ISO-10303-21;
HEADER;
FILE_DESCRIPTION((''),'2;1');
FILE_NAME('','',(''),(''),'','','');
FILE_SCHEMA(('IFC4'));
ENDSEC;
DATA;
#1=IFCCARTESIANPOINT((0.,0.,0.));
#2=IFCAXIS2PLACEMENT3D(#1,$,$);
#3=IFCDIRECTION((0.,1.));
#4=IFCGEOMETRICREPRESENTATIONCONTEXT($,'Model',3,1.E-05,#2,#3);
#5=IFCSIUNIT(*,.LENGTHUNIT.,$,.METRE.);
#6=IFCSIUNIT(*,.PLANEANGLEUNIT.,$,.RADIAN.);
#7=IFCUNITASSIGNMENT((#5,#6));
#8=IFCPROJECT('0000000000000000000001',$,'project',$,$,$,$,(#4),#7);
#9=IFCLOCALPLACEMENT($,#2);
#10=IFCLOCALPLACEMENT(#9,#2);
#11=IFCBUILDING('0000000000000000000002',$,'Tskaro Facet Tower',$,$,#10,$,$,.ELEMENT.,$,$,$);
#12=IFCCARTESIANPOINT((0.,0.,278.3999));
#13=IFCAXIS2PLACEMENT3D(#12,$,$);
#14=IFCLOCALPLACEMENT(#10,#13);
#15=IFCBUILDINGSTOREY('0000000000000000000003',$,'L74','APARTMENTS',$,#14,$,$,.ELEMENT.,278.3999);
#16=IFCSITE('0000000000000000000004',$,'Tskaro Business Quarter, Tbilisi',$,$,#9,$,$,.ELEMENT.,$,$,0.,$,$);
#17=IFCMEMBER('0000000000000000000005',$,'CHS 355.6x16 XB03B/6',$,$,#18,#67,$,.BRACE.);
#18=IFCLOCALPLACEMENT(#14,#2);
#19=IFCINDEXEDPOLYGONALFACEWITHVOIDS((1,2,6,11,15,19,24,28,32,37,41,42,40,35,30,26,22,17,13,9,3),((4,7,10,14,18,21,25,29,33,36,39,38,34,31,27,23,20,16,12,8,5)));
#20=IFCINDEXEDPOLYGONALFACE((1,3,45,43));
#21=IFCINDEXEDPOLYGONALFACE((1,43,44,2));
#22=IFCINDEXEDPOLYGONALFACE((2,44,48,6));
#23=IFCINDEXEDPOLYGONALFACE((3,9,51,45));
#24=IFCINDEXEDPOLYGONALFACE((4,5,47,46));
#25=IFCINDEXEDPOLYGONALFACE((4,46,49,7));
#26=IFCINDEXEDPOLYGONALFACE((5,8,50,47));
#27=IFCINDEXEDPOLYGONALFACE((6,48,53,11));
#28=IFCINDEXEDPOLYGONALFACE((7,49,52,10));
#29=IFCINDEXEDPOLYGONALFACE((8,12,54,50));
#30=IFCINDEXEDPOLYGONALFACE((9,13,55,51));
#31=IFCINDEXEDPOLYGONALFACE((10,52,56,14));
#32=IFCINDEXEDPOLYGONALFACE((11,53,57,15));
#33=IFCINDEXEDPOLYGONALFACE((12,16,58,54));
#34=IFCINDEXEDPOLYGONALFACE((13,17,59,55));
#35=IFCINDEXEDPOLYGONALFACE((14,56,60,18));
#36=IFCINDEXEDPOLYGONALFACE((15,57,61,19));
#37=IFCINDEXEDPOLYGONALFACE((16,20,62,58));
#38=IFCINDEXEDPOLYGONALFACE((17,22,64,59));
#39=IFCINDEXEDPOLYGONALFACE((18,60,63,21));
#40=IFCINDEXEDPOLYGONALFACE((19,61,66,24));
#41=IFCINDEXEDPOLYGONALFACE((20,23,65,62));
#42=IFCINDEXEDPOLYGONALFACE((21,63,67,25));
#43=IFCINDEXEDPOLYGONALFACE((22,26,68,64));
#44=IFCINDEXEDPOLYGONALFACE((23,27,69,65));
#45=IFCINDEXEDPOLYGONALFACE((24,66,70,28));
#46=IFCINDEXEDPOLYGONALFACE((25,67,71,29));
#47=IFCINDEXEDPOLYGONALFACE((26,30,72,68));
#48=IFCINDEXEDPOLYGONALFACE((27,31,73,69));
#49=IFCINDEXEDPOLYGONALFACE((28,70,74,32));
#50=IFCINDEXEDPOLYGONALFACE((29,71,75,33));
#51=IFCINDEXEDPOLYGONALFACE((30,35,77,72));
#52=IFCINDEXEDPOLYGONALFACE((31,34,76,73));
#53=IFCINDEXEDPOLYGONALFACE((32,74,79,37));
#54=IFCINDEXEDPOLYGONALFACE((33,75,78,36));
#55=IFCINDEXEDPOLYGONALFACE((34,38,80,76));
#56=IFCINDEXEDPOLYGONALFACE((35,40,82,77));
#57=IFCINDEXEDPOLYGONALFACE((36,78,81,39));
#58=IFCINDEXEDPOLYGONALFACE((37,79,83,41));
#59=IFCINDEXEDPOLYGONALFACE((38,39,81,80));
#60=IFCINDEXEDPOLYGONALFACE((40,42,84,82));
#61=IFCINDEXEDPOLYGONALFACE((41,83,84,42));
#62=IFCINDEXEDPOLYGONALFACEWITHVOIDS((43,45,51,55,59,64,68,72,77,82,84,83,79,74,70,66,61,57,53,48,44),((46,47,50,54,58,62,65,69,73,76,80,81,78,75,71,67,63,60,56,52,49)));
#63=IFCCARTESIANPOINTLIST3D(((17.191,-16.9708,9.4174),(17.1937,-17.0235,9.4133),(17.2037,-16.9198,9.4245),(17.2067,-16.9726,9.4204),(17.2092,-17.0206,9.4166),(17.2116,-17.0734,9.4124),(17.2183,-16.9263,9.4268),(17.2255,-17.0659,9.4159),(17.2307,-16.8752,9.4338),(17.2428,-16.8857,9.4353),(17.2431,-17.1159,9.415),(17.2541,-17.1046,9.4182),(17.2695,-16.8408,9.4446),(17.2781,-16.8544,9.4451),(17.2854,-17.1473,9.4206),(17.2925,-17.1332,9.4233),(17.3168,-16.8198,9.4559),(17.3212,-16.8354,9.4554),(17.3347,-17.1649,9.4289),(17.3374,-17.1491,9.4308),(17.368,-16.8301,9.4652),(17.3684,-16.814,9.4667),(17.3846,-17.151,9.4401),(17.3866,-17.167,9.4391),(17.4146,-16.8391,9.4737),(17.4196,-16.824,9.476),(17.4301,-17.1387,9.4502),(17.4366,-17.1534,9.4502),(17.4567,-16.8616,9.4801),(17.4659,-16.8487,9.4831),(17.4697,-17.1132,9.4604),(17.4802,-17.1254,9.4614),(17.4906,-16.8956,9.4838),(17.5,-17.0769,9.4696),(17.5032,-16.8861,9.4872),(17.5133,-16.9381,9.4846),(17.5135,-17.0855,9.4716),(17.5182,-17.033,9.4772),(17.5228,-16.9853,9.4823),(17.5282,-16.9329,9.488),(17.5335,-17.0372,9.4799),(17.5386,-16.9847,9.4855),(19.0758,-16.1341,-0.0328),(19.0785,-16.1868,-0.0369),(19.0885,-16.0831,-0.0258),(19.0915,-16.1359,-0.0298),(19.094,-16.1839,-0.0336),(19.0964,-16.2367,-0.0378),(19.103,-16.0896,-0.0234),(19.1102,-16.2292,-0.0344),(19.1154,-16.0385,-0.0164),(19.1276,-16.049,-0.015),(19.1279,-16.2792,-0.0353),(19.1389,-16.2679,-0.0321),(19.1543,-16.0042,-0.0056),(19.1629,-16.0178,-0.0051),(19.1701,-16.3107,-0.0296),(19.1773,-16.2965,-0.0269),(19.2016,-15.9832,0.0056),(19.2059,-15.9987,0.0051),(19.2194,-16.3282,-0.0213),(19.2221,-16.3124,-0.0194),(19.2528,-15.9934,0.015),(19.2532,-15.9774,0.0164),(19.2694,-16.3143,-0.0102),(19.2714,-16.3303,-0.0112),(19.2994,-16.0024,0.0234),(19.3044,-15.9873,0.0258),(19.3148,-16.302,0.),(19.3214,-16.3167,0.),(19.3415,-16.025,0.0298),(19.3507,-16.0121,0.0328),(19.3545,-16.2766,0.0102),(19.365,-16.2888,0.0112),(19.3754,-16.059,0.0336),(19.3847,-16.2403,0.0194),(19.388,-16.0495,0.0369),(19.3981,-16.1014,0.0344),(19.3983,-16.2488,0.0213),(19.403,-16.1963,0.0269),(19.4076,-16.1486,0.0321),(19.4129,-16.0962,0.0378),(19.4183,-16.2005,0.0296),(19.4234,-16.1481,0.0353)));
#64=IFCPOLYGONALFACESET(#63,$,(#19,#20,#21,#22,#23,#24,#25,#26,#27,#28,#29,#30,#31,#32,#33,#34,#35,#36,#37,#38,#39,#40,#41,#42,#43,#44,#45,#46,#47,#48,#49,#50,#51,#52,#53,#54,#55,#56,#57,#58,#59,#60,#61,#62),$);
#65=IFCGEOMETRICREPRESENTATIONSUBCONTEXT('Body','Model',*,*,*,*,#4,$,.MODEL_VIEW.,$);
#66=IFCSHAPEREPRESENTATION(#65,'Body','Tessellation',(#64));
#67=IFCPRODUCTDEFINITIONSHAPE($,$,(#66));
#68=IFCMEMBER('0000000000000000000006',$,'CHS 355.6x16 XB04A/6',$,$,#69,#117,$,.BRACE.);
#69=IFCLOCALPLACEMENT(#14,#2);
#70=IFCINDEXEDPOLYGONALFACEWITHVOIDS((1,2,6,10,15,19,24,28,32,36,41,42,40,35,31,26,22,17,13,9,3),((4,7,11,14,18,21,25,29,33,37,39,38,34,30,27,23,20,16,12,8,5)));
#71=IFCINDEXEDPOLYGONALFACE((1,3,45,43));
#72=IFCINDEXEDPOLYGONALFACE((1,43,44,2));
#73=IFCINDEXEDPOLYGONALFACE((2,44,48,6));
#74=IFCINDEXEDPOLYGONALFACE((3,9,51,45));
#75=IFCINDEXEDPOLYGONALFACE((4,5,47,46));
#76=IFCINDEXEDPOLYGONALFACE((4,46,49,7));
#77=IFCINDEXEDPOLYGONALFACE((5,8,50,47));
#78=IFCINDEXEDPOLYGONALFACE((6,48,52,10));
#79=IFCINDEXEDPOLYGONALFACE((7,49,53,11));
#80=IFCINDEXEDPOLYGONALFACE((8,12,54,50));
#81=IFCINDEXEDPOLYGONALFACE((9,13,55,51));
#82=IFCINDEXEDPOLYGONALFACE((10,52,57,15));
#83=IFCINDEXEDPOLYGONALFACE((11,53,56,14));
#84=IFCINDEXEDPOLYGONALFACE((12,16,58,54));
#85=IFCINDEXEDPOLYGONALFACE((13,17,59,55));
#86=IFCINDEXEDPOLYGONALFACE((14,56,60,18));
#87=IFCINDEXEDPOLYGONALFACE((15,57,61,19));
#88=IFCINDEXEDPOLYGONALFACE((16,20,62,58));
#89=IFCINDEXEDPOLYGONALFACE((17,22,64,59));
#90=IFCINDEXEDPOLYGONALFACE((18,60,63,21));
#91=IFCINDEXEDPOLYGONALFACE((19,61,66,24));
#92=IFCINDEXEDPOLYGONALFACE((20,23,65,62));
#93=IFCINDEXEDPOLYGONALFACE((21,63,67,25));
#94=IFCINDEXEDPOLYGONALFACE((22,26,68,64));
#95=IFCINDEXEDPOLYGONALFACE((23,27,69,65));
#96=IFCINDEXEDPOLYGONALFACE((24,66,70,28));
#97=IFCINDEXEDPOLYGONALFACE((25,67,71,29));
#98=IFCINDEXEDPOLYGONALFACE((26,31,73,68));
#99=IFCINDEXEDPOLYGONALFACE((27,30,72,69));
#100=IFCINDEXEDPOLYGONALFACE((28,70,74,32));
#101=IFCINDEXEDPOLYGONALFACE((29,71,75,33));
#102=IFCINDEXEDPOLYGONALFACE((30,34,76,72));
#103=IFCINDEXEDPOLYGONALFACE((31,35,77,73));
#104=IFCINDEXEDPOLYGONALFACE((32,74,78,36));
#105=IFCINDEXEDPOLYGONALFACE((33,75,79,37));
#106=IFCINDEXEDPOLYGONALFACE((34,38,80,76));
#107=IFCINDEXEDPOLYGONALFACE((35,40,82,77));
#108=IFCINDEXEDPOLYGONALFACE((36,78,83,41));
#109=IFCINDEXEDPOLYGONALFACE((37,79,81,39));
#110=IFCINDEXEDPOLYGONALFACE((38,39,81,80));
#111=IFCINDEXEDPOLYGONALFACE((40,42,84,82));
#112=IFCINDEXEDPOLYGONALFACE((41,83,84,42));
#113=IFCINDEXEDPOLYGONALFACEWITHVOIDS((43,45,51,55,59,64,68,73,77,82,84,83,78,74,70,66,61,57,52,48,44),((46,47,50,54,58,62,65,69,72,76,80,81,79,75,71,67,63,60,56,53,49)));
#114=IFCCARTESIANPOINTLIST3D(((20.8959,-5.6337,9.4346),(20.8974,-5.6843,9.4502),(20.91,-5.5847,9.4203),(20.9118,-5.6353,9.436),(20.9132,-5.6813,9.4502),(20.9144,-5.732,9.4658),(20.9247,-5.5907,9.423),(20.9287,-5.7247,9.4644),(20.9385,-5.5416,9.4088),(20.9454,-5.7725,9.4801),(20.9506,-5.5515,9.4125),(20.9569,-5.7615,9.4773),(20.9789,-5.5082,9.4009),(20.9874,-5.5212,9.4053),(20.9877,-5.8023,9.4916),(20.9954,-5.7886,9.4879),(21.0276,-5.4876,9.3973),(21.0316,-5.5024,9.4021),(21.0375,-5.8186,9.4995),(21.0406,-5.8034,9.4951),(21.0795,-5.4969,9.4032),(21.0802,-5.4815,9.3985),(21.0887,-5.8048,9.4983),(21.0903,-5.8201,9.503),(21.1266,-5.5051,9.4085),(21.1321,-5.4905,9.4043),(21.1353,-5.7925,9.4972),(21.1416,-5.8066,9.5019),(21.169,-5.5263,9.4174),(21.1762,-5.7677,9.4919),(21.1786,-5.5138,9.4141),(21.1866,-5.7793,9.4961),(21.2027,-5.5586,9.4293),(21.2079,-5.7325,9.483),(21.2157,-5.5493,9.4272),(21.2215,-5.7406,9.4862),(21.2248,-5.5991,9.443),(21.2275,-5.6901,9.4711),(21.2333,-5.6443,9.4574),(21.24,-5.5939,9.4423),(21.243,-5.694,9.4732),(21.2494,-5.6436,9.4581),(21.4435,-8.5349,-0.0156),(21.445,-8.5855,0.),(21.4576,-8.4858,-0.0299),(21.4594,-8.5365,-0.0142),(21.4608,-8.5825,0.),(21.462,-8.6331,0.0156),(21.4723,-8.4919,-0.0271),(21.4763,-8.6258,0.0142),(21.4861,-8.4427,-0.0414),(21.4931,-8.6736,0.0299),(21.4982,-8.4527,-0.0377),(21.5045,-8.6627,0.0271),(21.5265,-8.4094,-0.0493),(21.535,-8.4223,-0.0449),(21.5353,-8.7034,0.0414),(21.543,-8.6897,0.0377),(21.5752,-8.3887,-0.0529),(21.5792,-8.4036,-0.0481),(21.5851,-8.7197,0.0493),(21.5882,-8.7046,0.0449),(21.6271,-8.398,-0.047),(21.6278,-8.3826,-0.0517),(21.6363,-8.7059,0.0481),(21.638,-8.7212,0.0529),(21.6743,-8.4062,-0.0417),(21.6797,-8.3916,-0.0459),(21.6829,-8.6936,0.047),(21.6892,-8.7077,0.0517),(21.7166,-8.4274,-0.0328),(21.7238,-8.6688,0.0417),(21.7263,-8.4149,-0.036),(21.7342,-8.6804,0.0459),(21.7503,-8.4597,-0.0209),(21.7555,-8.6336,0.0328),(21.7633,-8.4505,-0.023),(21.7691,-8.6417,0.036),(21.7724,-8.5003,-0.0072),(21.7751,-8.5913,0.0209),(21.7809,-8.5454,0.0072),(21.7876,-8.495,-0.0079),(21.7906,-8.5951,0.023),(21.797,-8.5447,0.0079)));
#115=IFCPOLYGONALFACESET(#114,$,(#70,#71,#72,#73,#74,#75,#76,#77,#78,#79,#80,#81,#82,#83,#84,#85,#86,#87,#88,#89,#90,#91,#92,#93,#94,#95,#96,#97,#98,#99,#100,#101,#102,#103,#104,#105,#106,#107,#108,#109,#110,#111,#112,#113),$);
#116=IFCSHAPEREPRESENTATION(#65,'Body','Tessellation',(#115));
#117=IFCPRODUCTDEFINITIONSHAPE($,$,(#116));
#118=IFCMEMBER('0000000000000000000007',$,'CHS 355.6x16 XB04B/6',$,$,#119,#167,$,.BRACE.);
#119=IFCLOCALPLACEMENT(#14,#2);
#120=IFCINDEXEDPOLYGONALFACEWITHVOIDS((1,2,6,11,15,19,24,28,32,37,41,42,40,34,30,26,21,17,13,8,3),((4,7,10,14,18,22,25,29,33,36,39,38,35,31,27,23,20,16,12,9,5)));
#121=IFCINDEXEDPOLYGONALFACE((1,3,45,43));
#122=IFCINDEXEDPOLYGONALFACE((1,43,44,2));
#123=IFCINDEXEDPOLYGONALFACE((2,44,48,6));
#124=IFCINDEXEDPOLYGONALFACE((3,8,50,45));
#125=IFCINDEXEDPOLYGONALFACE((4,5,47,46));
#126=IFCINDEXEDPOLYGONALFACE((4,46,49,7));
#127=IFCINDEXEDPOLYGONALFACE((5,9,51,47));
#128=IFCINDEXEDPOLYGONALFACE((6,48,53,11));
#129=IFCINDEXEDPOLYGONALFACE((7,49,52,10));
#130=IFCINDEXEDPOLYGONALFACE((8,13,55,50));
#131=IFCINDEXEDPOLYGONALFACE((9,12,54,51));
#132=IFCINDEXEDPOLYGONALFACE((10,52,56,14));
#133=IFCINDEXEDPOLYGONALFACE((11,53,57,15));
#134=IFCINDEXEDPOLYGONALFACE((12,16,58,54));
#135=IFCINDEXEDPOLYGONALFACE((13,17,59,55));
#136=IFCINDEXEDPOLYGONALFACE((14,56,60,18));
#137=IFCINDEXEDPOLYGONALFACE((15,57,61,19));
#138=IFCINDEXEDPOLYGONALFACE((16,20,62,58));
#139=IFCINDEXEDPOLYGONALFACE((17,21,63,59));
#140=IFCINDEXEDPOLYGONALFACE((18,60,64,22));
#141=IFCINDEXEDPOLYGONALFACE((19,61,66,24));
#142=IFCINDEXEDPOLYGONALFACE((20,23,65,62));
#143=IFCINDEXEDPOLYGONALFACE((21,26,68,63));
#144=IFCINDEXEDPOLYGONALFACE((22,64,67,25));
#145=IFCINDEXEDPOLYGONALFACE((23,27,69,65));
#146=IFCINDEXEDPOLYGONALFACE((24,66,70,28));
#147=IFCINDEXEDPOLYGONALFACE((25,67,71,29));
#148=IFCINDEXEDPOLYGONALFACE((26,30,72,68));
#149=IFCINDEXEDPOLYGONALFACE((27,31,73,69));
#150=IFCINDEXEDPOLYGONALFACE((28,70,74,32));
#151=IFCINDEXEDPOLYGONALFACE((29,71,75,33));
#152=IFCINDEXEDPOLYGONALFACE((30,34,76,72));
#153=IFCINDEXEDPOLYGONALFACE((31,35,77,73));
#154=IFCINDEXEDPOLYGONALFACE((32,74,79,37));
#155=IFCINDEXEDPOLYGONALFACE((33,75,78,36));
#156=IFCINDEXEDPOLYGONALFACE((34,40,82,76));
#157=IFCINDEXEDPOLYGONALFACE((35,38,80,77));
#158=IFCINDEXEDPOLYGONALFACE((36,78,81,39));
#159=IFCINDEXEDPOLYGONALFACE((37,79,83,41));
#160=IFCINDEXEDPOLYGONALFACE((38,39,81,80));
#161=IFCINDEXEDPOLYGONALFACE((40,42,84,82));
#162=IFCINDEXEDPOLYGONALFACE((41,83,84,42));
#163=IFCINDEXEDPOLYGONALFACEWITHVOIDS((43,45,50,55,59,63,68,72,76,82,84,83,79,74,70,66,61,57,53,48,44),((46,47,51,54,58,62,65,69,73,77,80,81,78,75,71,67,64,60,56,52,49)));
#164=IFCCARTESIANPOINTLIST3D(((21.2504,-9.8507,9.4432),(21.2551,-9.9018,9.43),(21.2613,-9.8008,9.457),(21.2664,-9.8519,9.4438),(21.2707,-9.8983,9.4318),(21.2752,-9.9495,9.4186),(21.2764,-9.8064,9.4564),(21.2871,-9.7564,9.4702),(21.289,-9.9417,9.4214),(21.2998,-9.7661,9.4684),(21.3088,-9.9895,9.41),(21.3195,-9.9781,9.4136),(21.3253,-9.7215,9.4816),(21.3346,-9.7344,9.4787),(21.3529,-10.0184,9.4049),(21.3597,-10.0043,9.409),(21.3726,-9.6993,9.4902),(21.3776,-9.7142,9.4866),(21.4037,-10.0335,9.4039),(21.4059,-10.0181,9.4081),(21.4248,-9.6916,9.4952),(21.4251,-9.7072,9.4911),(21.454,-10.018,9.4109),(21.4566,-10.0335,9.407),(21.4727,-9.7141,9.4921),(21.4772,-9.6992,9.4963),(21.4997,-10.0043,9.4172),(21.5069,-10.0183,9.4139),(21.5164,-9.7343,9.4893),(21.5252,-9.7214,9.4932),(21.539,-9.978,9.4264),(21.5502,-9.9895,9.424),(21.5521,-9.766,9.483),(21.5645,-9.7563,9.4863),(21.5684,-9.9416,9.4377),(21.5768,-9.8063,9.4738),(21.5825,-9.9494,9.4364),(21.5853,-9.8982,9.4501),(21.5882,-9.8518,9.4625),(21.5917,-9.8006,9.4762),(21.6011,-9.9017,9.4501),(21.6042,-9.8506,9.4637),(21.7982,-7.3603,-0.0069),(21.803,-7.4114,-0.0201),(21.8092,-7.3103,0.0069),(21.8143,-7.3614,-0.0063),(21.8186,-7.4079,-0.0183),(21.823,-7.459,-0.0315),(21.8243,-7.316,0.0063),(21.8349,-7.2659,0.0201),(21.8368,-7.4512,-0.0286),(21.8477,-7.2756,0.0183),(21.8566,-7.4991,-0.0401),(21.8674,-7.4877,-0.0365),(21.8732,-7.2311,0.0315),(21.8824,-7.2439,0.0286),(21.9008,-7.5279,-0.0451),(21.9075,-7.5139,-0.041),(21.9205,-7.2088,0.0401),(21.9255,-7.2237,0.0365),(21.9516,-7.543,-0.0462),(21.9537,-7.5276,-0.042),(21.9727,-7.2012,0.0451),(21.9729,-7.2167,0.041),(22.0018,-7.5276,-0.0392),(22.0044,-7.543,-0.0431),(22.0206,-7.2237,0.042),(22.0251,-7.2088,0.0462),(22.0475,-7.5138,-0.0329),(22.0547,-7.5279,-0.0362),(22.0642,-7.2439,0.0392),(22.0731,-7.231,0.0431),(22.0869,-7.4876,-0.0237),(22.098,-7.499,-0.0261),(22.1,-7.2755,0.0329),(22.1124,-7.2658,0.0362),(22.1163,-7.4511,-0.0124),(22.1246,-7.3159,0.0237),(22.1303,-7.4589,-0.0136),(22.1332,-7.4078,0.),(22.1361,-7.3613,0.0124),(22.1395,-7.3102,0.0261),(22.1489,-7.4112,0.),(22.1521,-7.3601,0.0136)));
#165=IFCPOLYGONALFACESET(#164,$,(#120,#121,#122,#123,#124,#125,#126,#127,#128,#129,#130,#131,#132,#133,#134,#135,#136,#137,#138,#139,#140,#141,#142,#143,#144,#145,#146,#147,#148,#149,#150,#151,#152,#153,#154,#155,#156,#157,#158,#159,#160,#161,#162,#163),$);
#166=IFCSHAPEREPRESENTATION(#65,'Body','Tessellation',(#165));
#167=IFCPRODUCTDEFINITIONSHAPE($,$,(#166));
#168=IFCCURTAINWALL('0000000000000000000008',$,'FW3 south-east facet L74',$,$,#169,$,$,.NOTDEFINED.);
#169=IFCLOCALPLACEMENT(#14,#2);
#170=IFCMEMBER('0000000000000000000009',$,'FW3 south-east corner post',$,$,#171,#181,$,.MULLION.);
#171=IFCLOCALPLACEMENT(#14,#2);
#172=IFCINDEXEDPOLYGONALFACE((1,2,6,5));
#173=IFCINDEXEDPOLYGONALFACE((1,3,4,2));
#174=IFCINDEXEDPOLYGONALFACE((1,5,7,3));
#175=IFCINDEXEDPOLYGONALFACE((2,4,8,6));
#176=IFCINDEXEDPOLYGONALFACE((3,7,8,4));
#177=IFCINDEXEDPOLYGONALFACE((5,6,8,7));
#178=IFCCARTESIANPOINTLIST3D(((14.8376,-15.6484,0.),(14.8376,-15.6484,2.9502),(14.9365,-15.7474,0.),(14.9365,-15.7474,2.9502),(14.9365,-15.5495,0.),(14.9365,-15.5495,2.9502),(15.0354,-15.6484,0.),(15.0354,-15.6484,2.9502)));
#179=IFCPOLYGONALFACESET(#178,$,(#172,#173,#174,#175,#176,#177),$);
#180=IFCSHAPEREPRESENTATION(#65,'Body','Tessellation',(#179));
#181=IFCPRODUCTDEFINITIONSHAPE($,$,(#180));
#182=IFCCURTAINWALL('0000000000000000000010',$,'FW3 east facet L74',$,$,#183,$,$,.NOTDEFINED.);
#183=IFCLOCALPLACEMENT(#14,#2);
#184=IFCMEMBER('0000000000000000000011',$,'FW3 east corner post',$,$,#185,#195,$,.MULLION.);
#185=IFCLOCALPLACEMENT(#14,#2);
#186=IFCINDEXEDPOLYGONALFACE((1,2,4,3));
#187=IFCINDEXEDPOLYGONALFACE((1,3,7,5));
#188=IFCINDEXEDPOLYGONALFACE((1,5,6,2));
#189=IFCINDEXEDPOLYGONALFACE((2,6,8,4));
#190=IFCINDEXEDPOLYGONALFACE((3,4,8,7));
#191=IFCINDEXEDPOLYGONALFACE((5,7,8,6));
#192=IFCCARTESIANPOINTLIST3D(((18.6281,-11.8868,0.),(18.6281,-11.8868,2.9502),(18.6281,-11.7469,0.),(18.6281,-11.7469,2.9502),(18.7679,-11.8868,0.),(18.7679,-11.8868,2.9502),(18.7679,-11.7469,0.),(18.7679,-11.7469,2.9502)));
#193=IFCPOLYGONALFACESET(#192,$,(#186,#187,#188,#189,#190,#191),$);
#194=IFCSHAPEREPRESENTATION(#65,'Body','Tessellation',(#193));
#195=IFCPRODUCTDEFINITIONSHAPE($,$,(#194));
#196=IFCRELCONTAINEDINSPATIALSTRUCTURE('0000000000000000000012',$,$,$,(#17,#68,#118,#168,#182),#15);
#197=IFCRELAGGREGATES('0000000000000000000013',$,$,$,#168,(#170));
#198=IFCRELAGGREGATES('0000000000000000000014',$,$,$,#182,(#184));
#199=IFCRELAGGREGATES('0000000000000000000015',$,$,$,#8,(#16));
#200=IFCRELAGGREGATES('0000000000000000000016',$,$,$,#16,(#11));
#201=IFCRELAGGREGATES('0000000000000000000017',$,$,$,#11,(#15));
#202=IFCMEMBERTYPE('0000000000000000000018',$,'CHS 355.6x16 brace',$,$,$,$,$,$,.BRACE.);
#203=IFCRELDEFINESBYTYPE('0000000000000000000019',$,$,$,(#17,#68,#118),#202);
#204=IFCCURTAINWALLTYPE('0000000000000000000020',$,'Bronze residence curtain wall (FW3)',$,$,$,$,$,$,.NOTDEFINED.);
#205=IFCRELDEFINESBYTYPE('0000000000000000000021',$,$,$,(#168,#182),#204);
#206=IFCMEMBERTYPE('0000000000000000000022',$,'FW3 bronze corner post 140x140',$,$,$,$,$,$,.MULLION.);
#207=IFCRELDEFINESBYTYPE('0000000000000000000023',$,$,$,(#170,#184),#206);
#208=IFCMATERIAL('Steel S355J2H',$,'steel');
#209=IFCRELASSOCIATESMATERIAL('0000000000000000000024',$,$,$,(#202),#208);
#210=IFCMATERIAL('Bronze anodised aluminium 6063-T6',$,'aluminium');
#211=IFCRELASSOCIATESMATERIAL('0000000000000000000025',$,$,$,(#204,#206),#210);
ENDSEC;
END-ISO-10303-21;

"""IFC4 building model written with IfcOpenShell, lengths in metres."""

from ifc_helpers import new_model, si_unit, direction, frame, origin, origin_2d, place, context, subcontext, project, spatial, rectangle, hollow_circle, extrude, material, material_profile, profile_set, type_object, element, aggregate, save


model = new_model("IFC4")

# Units and contexts
model_context = context("Model", 3, precision=1e-05, world=origin(), true_north=direction((0.0, 1.0)))
body_context = subcontext(model_context, "Body", "Model", "MODEL_VIEW")
ifc_project = project(units=[si_unit("LENGTHUNIT", "METRE"), si_unit("PLANEANGLEUNIT", "RADIAN")], contexts=[model_context])

# Site, building, storey
site_placement = place(None, origin())
site = spatial("IfcSite", under=ifc_project, at=site_placement, Name="Tskaro Business Quarter, Tbilisi", CompositionType="ELEMENT", RefElevation=0.0)
building_placement = place(site_placement, origin())
building = spatial("IfcBuilding", under=site, at=building_placement, Name="Tskaro Facet Tower", CompositionType="ELEMENT")
storey_placement = place(building_placement, frame((0.0, 0.0, 278.3999)))
storey = spatial("IfcBuildingStorey", under=building, at=storey_placement, Name="L74", Description="APARTMENTS", CompositionType="ELEMENT", Elevation=278.3999)

# Shared definitions
ifc_material_1 = material(Name="Steel S355J2H", Category="steel")

# Members
ifc_material_profile_1 = material_profile(ifc_material_1, hollow_circle(Radius=0.1777, WallThickness=0.0161, at=origin_2d()), Name="CHS 355.6x16")
ifc_profile_set_1 = profile_set([ifc_material_profile_1], Name="Steel S355J2H")
member_type_1 = type_object("IfcMemberType", Name="CHS 355.6x16 brace", PredefinedType="BRACE", material=ifc_profile_set_1)
for number, where, z_axis, x_axis, name in (
    (1, (19.2493, -16.1543, 0.0), (-0.194857, -0.086499, 0.97701), (0.405732, -0.913992, 0.0), "CHS 355.6x16 XB03B/6"),
):
    element("IfcMember", number, at=place(storey_placement, frame(where, z_axis=z_axis, x_axis=x_axis)), inside=storey, type_object=member_type_1, Name=name, PredefinedType="BRACE", context=body_context, shape_type="SweptSolid", body=[
        extrude(hollow_circle(Radius=0.1777, WallThickness=0.0161, at=origin_2d()), origin(), (0.0, 0.0, 1.0), 9.6726),
    ])
member_1_placement = place(storey_placement, frame((21.6196, -8.5525, 0.0), z_axis=(-0.05531, 0.293024, 0.954504), x_axis=(-0.982648, -0.185482, 0.0)))
element("IfcMember", 2, at=member_1_placement, inside=storey, type_object=member_type_1, Name="CHS 355.6x16 XB04A/6", PredefinedType="BRACE", context=body_context, shape_type="SweptSolid", body=[
    extrude(hollow_circle(Radius=0.1777, WallThickness=0.0161, at=origin_2d()), origin(), (0.0, 0.0, 1.0), 9.9006),
])
member_2_placement = place(storey_placement, frame((21.9753, -7.373, 0.0), z_axis=(-0.055971, -0.254437, 0.965468), x_axis=(0.976649, -0.214842, 0.0)))
element("IfcMember", 3, at=member_2_placement, inside=storey, type_object=member_type_1, Name="CHS 355.6x16 XB04B/6", PredefinedType="BRACE", context=body_context, shape_type="SweptSolid", body=[
    extrude(hollow_circle(Radius=0.1777, WallThickness=0.0161, at=origin_2d()), origin(), (0.0, 0.0, 1.0), 9.7881),
])

# Curtain wall, member
ifc_material_2 = material(Name="Bronze anodised aluminium 6063-T6", Category="aluminium")
curtain_wall_type = type_object("IfcCurtainWallType", Name="Bronze residence curtain wall (FW3)", PredefinedType="NOTDEFINED", material=ifc_material_2)
curtain_wall_1_placement = place(storey_placement, origin())
curtain_wall_1 = element("IfcCurtainWall", 4, at=curtain_wall_1_placement, inside=storey, type_object=curtain_wall_type, Name="FW3 south-east facet L74", PredefinedType="NOTDEFINED")
ifc_material_profile_2 = material_profile(ifc_material_2, rectangle(XDim=0.1399, YDim=0.1399, at=origin_2d()), Name="Corner post 140x140")
ifc_profile_set_2 = profile_set([ifc_material_profile_2], Name="Bronze anodised aluminium 6063-T6")
member_type_2 = type_object("IfcMemberType", Name="FW3 bronze corner post 140x140", PredefinedType="MULLION", material=ifc_profile_set_2)
member_3_placement = place(storey_placement, frame((14.9365, -15.6484, 0.0), z_axis=(0.0, 0.0, 1.0), x_axis=(0.707107, 0.707107, 0.0)))
member_3 = element("IfcMember", 5, at=member_3_placement, type_object=member_type_2, Name="FW3 south-east corner post", PredefinedType="MULLION", context=body_context, shape_type="SweptSolid", body=[
    extrude(rectangle(XDim=0.1399, YDim=0.1399, at=origin_2d()), origin(), (0.0, 0.0, 1.0), 2.9502),
])

# Curtain wall, member
curtain_wall_2_placement = place(storey_placement, origin())
curtain_wall_2 = element("IfcCurtainWall", 6, at=curtain_wall_2_placement, inside=storey, type_object=curtain_wall_type, Name="FW3 east facet L74", PredefinedType="NOTDEFINED")
member_4_placement = place(storey_placement, frame((18.698, -11.8169, 0.0), z_axis=(0.0, 0.0, 1.0), x_axis=(0.0, 1.0, 0.0)))
member_4 = element("IfcMember", 7, at=member_4_placement, type_object=member_type_2, Name="FW3 east corner post", PredefinedType="MULLION", context=body_context, shape_type="SweptSolid", body=[
    extrude(rectangle(XDim=0.1399, YDim=0.1399, at=origin_2d()), origin(), (0.0, 0.0, 1.0), 2.9502),
])

aggregate(curtain_wall_1, [member_3])
aggregate(curtain_wall_2, [member_4])

save(model, "model.ifc")
